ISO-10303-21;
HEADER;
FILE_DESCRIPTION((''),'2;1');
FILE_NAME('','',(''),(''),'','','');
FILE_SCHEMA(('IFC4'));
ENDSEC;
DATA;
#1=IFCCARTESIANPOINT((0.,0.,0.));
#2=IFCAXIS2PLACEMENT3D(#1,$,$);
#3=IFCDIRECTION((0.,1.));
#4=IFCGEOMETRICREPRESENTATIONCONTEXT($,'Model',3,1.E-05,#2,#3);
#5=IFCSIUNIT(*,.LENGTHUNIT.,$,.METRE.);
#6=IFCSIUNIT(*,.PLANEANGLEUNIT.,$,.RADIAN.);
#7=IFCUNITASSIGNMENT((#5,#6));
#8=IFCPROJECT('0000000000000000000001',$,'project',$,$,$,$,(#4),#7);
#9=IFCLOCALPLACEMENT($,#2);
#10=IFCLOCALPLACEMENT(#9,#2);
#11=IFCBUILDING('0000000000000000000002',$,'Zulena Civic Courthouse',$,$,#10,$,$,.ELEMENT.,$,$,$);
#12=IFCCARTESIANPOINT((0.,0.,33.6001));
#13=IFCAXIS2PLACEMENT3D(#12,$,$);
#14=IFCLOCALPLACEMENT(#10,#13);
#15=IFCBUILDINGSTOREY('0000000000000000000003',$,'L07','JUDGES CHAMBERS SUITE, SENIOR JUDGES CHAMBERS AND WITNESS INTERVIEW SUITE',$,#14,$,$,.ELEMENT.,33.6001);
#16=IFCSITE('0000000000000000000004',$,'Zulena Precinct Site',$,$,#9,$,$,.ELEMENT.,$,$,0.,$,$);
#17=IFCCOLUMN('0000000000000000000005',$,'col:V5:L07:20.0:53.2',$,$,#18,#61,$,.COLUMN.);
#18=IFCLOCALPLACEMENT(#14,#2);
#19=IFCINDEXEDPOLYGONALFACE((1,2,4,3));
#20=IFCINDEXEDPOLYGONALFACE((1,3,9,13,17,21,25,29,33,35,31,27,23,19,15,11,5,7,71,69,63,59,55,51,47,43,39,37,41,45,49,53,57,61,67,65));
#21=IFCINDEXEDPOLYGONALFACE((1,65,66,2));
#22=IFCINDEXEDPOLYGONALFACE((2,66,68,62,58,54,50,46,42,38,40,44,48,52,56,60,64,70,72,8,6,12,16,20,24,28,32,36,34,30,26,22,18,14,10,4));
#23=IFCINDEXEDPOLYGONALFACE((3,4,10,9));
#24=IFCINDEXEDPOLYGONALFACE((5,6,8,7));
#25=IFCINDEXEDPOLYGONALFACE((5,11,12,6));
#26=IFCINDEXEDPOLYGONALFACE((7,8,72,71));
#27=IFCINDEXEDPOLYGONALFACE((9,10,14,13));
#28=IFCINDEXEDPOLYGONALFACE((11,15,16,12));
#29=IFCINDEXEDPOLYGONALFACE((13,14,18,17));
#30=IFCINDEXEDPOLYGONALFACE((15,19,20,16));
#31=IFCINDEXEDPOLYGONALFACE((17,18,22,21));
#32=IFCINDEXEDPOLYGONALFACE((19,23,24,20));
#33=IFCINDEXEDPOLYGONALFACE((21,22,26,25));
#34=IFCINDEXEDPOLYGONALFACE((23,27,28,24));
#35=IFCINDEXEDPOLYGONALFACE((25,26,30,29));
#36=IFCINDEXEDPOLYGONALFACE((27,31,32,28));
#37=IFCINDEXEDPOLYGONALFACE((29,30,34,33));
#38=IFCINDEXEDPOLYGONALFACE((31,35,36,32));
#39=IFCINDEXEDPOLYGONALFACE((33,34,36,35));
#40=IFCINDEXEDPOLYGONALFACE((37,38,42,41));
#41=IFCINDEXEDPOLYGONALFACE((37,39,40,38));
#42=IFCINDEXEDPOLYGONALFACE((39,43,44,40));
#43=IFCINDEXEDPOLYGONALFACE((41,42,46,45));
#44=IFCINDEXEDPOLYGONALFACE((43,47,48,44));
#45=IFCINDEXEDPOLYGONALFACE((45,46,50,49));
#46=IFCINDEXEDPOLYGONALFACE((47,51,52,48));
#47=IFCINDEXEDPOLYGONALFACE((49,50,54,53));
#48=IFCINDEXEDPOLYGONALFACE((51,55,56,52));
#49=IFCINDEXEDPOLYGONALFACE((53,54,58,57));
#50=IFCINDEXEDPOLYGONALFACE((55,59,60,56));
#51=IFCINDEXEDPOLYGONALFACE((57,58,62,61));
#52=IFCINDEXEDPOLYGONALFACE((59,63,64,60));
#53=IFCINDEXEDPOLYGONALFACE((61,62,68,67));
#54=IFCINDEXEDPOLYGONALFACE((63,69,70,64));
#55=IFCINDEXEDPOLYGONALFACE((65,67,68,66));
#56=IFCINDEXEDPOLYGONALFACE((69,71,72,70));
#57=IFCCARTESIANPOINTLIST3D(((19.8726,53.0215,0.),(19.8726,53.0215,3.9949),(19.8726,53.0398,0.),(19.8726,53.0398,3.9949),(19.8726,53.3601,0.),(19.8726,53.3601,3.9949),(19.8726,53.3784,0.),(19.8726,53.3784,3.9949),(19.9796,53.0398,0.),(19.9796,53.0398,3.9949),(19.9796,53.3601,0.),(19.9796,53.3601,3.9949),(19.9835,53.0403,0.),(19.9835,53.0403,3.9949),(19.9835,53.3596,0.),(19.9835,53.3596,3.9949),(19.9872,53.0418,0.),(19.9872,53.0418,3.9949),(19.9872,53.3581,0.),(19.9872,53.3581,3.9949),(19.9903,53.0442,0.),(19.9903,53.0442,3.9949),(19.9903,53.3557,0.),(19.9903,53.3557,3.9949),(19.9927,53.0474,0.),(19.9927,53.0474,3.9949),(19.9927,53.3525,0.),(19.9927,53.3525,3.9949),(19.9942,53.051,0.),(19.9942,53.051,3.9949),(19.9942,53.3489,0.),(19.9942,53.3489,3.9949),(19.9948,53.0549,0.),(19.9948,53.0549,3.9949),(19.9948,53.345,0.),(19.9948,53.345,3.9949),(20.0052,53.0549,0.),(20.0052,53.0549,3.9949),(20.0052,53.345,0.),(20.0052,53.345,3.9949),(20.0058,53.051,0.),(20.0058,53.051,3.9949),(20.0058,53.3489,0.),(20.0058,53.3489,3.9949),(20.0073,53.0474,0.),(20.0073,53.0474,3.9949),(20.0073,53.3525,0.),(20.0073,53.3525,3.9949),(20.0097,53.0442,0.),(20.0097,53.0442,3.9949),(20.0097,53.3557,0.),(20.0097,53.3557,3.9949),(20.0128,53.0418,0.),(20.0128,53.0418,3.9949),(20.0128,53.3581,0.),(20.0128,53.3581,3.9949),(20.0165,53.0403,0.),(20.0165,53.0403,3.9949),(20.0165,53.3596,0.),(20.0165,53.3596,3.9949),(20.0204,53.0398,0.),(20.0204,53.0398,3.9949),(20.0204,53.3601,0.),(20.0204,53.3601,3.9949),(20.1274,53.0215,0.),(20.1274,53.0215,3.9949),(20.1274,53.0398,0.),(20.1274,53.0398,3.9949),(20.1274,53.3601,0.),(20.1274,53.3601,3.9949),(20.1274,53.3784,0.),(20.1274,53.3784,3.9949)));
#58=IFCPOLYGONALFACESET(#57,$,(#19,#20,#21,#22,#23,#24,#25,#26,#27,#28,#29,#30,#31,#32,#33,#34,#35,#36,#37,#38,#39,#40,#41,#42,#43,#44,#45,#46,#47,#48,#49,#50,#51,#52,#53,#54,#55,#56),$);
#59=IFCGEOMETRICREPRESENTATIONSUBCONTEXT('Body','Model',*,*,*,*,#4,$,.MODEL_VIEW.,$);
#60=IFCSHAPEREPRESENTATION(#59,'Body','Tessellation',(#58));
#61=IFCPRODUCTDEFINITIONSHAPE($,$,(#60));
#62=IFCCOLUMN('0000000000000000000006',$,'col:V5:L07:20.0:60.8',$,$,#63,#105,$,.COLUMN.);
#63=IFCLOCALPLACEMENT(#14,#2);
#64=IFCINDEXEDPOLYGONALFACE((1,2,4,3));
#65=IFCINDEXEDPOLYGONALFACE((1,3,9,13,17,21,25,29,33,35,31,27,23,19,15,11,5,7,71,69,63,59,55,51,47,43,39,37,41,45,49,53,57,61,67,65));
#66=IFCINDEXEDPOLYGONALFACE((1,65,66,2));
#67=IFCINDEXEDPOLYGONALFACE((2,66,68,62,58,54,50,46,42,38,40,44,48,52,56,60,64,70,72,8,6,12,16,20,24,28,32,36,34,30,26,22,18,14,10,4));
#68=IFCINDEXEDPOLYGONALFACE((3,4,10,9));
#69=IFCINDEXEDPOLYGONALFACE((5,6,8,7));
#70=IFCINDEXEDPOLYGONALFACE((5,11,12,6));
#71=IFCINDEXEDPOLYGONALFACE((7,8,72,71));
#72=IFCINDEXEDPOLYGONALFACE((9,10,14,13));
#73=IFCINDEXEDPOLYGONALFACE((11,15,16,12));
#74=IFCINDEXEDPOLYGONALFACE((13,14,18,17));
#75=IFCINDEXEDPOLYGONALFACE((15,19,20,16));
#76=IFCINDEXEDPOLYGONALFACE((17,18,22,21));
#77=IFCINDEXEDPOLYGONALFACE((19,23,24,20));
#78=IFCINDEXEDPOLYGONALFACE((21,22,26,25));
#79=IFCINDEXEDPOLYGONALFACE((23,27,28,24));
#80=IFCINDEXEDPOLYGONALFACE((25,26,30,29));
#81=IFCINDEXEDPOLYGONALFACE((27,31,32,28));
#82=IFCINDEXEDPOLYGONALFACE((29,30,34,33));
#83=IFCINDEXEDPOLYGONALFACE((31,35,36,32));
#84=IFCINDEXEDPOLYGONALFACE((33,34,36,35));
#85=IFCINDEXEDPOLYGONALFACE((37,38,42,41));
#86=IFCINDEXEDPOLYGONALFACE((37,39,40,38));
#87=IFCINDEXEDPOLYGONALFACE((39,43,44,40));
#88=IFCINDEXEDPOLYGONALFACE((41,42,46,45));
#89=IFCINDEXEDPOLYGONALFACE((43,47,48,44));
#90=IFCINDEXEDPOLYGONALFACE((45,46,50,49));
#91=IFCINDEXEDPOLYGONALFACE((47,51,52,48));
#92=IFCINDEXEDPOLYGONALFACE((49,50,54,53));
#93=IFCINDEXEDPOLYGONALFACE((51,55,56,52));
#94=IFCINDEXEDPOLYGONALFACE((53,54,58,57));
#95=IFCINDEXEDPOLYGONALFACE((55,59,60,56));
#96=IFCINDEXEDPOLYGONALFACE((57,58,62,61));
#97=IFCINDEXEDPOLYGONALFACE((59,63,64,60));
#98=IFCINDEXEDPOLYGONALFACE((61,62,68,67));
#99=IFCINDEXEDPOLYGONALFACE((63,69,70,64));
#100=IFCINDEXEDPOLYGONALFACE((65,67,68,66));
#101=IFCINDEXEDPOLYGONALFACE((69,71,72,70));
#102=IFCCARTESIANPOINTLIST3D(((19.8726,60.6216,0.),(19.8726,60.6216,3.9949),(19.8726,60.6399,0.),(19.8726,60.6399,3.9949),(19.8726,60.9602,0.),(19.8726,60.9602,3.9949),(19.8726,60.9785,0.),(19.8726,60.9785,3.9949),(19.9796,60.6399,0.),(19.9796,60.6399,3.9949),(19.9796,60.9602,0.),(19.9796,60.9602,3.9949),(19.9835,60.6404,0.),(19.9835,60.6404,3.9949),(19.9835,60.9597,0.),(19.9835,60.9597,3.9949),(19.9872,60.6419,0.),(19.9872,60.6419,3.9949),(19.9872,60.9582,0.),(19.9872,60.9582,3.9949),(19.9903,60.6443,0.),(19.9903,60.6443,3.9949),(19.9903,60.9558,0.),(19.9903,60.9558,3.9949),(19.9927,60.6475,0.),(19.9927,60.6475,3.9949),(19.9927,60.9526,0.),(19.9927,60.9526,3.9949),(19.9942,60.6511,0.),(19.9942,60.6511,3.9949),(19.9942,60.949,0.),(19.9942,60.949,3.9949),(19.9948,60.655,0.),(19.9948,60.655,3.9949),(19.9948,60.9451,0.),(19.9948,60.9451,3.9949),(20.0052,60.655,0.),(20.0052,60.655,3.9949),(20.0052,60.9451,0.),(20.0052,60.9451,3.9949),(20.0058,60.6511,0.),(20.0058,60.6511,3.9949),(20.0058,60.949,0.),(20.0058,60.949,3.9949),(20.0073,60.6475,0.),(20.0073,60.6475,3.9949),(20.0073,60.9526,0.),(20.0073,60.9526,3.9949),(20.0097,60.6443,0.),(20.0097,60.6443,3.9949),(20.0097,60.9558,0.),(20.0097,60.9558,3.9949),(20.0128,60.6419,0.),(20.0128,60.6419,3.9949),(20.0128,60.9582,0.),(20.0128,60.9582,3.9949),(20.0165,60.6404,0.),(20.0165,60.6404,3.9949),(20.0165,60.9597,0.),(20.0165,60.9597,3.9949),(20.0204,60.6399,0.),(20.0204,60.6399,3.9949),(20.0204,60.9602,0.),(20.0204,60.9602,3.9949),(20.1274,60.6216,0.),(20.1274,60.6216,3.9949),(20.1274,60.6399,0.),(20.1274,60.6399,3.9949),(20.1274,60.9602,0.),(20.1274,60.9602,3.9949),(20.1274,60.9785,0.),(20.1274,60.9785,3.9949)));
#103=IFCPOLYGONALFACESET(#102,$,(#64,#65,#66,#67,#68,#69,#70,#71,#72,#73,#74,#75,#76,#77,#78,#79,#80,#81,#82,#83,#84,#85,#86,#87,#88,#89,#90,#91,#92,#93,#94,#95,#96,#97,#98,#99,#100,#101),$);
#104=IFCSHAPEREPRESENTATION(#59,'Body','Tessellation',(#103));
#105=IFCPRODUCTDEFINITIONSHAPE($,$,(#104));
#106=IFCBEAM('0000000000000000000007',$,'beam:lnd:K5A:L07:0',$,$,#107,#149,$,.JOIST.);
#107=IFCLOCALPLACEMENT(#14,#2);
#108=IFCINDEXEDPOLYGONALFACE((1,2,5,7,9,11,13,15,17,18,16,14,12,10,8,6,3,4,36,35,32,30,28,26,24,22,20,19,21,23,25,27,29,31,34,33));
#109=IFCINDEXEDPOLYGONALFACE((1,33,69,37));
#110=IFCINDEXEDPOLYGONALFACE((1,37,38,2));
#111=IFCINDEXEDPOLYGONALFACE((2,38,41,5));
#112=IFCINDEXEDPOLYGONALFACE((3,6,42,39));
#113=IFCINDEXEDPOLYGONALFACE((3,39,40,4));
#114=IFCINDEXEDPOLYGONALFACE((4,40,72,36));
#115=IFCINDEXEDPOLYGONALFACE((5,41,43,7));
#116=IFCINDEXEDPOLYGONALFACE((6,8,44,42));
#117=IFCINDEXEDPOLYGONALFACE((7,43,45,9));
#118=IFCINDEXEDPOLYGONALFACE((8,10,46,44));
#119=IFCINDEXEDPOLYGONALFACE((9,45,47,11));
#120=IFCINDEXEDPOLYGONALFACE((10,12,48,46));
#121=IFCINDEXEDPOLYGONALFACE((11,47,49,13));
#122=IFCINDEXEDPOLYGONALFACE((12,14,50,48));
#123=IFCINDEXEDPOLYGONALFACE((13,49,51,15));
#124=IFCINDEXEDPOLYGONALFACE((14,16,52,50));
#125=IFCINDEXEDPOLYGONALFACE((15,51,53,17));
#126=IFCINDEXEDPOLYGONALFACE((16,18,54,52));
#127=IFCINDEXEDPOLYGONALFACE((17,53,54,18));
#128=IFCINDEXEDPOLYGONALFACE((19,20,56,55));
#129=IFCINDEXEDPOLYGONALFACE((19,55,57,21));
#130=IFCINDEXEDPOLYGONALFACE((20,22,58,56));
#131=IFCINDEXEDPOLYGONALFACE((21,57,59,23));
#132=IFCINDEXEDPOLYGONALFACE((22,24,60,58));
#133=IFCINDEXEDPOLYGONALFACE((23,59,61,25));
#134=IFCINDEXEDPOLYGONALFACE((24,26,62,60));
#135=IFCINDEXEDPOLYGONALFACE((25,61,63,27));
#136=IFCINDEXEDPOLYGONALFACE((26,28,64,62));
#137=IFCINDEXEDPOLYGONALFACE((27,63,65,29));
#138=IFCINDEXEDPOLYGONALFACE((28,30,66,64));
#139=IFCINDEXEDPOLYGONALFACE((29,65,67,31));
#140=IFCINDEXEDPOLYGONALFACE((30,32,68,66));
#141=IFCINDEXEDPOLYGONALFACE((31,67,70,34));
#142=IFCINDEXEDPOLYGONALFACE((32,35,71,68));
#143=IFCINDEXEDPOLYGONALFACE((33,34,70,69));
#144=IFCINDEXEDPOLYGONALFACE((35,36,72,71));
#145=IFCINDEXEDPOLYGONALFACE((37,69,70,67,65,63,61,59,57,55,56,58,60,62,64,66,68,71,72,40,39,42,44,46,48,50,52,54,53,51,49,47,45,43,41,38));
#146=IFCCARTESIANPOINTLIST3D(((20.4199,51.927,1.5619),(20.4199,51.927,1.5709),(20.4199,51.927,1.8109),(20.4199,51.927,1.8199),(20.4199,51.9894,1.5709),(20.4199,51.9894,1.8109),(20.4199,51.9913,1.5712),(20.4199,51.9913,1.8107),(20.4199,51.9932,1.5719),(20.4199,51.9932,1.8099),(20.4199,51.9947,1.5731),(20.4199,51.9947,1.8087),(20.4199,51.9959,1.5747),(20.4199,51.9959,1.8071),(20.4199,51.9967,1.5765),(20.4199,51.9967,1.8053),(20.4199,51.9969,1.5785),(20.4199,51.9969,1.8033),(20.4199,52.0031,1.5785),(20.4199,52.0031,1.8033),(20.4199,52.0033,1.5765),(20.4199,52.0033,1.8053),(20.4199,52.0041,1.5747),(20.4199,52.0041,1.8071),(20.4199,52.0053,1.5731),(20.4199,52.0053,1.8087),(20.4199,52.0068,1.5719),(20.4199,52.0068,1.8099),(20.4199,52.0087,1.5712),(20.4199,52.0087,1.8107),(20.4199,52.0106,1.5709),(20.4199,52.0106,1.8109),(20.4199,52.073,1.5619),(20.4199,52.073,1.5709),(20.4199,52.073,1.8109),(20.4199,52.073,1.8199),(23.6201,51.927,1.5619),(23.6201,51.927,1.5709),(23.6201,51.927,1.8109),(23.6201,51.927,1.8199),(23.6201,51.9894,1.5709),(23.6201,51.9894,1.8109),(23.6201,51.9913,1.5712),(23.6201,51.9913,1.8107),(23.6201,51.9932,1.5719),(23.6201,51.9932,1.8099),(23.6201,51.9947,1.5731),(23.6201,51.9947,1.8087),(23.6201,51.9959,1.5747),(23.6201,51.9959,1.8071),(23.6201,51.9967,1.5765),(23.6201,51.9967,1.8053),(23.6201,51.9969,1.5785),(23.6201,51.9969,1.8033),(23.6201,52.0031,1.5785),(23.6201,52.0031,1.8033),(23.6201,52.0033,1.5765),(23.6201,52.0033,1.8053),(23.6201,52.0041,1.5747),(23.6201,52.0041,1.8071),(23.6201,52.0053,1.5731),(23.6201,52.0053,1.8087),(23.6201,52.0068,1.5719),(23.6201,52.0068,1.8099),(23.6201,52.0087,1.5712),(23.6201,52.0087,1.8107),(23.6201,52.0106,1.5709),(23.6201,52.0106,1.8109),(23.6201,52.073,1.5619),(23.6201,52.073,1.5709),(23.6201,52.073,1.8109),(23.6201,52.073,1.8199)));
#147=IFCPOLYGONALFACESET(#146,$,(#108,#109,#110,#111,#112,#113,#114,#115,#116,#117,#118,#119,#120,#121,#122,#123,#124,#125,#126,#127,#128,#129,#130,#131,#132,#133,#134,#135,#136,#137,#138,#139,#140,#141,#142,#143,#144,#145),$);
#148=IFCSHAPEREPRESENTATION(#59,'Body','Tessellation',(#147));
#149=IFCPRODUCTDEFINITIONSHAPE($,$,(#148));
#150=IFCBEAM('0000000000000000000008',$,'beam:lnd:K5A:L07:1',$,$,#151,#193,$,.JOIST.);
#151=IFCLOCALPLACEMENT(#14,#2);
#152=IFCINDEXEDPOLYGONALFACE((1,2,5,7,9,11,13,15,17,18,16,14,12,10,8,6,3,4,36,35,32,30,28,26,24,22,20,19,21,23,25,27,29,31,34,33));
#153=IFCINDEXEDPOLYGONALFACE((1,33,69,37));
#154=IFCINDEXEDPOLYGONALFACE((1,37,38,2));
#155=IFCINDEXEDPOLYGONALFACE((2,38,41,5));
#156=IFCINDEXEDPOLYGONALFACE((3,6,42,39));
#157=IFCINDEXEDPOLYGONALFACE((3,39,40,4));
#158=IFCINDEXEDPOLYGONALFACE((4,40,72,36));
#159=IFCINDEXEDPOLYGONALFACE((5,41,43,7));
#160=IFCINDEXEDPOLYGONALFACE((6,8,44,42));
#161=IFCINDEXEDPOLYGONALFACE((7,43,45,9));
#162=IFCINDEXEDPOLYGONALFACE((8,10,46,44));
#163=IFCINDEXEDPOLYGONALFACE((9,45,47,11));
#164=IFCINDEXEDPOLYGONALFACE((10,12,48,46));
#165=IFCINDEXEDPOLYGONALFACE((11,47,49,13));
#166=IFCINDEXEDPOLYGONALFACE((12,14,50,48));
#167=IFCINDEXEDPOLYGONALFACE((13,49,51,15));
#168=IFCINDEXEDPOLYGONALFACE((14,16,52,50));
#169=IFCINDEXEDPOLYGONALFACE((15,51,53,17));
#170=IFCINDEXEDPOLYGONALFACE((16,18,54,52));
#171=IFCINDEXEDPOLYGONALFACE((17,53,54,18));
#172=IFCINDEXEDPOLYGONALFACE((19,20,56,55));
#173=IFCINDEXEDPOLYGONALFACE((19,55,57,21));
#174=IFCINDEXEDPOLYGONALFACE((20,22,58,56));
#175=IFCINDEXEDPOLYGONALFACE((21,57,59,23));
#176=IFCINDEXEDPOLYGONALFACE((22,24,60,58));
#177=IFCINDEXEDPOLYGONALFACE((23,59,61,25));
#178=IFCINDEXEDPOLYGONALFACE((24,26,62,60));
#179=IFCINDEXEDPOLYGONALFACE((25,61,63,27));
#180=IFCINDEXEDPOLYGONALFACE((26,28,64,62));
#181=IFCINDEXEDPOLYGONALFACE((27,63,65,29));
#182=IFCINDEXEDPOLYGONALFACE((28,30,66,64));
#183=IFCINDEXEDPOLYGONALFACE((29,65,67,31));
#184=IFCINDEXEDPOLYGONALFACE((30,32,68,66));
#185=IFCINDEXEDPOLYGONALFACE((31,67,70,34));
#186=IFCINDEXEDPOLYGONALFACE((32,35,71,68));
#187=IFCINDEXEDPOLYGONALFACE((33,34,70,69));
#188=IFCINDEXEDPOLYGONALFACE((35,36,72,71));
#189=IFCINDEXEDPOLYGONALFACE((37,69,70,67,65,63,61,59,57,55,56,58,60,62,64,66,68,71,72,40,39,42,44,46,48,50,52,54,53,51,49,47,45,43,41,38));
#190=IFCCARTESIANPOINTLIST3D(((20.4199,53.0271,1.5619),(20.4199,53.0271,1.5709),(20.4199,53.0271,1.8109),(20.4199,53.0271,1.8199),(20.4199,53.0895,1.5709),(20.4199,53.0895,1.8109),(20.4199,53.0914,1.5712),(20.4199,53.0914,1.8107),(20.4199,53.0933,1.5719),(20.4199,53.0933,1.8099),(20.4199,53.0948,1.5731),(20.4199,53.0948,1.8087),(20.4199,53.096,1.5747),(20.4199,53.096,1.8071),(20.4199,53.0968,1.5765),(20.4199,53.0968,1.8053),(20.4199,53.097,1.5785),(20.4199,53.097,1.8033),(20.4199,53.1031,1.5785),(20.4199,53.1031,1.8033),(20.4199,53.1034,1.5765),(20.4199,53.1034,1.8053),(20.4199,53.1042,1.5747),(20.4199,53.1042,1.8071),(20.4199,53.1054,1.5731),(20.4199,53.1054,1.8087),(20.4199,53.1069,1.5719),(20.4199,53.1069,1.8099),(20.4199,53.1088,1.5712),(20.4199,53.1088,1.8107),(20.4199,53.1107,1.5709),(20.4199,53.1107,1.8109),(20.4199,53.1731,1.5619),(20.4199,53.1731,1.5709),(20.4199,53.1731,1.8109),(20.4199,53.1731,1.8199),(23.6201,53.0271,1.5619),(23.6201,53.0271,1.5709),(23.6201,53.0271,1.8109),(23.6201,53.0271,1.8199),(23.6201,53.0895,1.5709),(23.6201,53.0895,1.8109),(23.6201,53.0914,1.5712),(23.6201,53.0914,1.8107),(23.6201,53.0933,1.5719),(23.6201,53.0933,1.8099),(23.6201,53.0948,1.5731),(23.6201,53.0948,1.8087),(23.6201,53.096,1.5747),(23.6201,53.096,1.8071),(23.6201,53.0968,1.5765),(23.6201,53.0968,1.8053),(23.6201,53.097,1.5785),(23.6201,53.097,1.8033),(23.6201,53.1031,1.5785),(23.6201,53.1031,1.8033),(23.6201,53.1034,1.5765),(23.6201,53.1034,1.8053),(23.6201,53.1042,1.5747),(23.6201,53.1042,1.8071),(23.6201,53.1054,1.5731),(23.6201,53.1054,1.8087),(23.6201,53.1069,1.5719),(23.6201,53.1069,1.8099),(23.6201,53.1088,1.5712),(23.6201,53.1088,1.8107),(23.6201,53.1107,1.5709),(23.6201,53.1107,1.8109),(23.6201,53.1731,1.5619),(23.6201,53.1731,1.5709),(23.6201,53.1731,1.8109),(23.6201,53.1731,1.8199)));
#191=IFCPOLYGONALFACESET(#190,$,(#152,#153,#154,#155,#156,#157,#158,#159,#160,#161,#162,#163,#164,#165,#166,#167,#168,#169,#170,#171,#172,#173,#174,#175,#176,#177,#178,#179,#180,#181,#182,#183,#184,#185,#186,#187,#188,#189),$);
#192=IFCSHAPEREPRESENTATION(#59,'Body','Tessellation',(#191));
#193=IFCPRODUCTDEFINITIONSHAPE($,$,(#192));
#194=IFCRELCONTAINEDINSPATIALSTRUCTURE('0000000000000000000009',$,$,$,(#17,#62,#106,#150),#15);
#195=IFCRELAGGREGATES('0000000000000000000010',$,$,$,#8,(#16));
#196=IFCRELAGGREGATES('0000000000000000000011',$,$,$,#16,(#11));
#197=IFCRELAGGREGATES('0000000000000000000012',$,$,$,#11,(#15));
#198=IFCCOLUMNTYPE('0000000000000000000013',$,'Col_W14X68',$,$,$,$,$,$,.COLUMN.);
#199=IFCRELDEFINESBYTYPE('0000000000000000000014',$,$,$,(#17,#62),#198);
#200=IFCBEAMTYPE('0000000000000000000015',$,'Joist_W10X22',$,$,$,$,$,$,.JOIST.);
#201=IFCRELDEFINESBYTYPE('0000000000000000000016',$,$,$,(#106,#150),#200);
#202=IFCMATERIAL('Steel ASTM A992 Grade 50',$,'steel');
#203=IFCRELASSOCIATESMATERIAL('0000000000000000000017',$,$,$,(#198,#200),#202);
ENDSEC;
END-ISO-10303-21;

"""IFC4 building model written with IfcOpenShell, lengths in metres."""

from ifc_helpers import new_model, si_unit, direction, frame, origin, origin_2d, place, context, subcontext, project, spatial, i_section, extrude, material, material_profile, profile_set, type_object, element, save


model = new_model("IFC4")

# Units and contexts
model_context = context("Model", 3, precision=1e-05, world=origin(), true_north=direction((0.0, 1.0)))
body_context = subcontext(model_context, "Body", "Model", "MODEL_VIEW")
ifc_project = project(units=[si_unit("LENGTHUNIT", "METRE"), si_unit("PLANEANGLEUNIT", "RADIAN")], contexts=[model_context])

# Site, building, storey
site_placement = place(None, origin())
site = spatial("IfcSite", under=ifc_project, at=site_placement, Name="Zulena Precinct Site", CompositionType="ELEMENT", RefElevation=0.0)
building_placement = place(site_placement, origin())
building = spatial("IfcBuilding", under=site, at=building_placement, Name="Zulena Civic Courthouse", CompositionType="ELEMENT")
storey_placement = place(building_placement, frame((0.0, 0.0, 33.6001)))
storey = spatial("IfcBuildingStorey", under=building, at=storey_placement, Name="L07", Description="JUDGES CHAMBERS SUITE, SENIOR JUDGES CHAMBERS AND WITNESS INTERVIEW SUITE", CompositionType="ELEMENT", Elevation=33.6001)

# Columns
ifc_material_1 = material(Name="Steel ASTM A992 Grade 50", Category="steel")
ifc_material_profile_1 = material_profile(ifc_material_1, i_section(OverallWidth=0.2549, OverallDepth=0.3569, WebThickness=0.0105, FlangeThickness=0.0183, FilletRadius=0.0151, at=origin_2d()), Name="W14X68")
ifc_profile_set_1 = profile_set([ifc_material_profile_1], Name="Steel ASTM A992 Grade 50")
column_type_1 = type_object("IfcColumnType", Name="Col_W14X68", PredefinedType="COLUMN", material=ifc_profile_set_1)
for number, where, z_axis, x_axis, name in (
    (1, (20.0, 53.2, 0.0), (0.0, 0.0, 1.0), (1.0, 0.0, 0.0), "col:V5:L07:20.0:53.2"),
    (2, (20.0, 60.8, 0.0), (0.0, 0.0, 1.0), (1.0, 0.0, 0.0), "col:V5:L07:20.0:60.8"),
):
    element("IfcColumn", number, at=place(storey_placement, frame(where, z_axis=z_axis, x_axis=x_axis)), inside=storey, type_object=column_type_1, Name=name, PredefinedType="COLUMN", context=body_context, shape_type="SweptSolid", body=[
        extrude(i_section(OverallWidth=0.2549, OverallDepth=0.3569, WebThickness=0.0105, FlangeThickness=0.0183, FilletRadius=0.0151, at=origin_2d()), origin(), (0.0, 0.0, 1.0), 3.9949),
    ])

# Beams
ifc_material_profile_2 = material_profile(ifc_material_1, i_section(OverallWidth=0.146, OverallDepth=0.2581, WebThickness=0.0061, FlangeThickness=0.009, FilletRadius=0.0076, at=origin_2d()), Name="W10X22")
ifc_profile_set_2 = profile_set([ifc_material_profile_2], Name="Steel ASTM A992 Grade 50")
beam_type_1 = type_object("IfcBeamType", Name="Joist_W10X22", PredefinedType="JOIST", material=ifc_profile_set_2)
for number, where, z_axis, x_axis, name in (
    (3, (20.4199, 52.0, 1.6909), (1.0, 0.0, 0.0), (0.0, 1.0, 0.0), "beam:lnd:K5A:L07:0"),
    (4, (20.4199, 53.1001, 1.6909), (1.0, 0.0, 0.0), (0.0, 1.0, 0.0), "beam:lnd:K5A:L07:1"),
):
    element("IfcBeam", number, at=place(storey_placement, frame(where, z_axis=z_axis, x_axis=x_axis)), inside=storey, type_object=beam_type_1, Name=name, PredefinedType="JOIST", context=body_context, shape_type="SweptSolid", body=[
        extrude(i_section(OverallWidth=0.146, OverallDepth=0.2581, WebThickness=0.0061, FlangeThickness=0.009, FilletRadius=0.0076, at=origin_2d()), origin(), (0.0, 0.0, 1.0), 3.2002),
    ])

save(model, "model.ifc")
